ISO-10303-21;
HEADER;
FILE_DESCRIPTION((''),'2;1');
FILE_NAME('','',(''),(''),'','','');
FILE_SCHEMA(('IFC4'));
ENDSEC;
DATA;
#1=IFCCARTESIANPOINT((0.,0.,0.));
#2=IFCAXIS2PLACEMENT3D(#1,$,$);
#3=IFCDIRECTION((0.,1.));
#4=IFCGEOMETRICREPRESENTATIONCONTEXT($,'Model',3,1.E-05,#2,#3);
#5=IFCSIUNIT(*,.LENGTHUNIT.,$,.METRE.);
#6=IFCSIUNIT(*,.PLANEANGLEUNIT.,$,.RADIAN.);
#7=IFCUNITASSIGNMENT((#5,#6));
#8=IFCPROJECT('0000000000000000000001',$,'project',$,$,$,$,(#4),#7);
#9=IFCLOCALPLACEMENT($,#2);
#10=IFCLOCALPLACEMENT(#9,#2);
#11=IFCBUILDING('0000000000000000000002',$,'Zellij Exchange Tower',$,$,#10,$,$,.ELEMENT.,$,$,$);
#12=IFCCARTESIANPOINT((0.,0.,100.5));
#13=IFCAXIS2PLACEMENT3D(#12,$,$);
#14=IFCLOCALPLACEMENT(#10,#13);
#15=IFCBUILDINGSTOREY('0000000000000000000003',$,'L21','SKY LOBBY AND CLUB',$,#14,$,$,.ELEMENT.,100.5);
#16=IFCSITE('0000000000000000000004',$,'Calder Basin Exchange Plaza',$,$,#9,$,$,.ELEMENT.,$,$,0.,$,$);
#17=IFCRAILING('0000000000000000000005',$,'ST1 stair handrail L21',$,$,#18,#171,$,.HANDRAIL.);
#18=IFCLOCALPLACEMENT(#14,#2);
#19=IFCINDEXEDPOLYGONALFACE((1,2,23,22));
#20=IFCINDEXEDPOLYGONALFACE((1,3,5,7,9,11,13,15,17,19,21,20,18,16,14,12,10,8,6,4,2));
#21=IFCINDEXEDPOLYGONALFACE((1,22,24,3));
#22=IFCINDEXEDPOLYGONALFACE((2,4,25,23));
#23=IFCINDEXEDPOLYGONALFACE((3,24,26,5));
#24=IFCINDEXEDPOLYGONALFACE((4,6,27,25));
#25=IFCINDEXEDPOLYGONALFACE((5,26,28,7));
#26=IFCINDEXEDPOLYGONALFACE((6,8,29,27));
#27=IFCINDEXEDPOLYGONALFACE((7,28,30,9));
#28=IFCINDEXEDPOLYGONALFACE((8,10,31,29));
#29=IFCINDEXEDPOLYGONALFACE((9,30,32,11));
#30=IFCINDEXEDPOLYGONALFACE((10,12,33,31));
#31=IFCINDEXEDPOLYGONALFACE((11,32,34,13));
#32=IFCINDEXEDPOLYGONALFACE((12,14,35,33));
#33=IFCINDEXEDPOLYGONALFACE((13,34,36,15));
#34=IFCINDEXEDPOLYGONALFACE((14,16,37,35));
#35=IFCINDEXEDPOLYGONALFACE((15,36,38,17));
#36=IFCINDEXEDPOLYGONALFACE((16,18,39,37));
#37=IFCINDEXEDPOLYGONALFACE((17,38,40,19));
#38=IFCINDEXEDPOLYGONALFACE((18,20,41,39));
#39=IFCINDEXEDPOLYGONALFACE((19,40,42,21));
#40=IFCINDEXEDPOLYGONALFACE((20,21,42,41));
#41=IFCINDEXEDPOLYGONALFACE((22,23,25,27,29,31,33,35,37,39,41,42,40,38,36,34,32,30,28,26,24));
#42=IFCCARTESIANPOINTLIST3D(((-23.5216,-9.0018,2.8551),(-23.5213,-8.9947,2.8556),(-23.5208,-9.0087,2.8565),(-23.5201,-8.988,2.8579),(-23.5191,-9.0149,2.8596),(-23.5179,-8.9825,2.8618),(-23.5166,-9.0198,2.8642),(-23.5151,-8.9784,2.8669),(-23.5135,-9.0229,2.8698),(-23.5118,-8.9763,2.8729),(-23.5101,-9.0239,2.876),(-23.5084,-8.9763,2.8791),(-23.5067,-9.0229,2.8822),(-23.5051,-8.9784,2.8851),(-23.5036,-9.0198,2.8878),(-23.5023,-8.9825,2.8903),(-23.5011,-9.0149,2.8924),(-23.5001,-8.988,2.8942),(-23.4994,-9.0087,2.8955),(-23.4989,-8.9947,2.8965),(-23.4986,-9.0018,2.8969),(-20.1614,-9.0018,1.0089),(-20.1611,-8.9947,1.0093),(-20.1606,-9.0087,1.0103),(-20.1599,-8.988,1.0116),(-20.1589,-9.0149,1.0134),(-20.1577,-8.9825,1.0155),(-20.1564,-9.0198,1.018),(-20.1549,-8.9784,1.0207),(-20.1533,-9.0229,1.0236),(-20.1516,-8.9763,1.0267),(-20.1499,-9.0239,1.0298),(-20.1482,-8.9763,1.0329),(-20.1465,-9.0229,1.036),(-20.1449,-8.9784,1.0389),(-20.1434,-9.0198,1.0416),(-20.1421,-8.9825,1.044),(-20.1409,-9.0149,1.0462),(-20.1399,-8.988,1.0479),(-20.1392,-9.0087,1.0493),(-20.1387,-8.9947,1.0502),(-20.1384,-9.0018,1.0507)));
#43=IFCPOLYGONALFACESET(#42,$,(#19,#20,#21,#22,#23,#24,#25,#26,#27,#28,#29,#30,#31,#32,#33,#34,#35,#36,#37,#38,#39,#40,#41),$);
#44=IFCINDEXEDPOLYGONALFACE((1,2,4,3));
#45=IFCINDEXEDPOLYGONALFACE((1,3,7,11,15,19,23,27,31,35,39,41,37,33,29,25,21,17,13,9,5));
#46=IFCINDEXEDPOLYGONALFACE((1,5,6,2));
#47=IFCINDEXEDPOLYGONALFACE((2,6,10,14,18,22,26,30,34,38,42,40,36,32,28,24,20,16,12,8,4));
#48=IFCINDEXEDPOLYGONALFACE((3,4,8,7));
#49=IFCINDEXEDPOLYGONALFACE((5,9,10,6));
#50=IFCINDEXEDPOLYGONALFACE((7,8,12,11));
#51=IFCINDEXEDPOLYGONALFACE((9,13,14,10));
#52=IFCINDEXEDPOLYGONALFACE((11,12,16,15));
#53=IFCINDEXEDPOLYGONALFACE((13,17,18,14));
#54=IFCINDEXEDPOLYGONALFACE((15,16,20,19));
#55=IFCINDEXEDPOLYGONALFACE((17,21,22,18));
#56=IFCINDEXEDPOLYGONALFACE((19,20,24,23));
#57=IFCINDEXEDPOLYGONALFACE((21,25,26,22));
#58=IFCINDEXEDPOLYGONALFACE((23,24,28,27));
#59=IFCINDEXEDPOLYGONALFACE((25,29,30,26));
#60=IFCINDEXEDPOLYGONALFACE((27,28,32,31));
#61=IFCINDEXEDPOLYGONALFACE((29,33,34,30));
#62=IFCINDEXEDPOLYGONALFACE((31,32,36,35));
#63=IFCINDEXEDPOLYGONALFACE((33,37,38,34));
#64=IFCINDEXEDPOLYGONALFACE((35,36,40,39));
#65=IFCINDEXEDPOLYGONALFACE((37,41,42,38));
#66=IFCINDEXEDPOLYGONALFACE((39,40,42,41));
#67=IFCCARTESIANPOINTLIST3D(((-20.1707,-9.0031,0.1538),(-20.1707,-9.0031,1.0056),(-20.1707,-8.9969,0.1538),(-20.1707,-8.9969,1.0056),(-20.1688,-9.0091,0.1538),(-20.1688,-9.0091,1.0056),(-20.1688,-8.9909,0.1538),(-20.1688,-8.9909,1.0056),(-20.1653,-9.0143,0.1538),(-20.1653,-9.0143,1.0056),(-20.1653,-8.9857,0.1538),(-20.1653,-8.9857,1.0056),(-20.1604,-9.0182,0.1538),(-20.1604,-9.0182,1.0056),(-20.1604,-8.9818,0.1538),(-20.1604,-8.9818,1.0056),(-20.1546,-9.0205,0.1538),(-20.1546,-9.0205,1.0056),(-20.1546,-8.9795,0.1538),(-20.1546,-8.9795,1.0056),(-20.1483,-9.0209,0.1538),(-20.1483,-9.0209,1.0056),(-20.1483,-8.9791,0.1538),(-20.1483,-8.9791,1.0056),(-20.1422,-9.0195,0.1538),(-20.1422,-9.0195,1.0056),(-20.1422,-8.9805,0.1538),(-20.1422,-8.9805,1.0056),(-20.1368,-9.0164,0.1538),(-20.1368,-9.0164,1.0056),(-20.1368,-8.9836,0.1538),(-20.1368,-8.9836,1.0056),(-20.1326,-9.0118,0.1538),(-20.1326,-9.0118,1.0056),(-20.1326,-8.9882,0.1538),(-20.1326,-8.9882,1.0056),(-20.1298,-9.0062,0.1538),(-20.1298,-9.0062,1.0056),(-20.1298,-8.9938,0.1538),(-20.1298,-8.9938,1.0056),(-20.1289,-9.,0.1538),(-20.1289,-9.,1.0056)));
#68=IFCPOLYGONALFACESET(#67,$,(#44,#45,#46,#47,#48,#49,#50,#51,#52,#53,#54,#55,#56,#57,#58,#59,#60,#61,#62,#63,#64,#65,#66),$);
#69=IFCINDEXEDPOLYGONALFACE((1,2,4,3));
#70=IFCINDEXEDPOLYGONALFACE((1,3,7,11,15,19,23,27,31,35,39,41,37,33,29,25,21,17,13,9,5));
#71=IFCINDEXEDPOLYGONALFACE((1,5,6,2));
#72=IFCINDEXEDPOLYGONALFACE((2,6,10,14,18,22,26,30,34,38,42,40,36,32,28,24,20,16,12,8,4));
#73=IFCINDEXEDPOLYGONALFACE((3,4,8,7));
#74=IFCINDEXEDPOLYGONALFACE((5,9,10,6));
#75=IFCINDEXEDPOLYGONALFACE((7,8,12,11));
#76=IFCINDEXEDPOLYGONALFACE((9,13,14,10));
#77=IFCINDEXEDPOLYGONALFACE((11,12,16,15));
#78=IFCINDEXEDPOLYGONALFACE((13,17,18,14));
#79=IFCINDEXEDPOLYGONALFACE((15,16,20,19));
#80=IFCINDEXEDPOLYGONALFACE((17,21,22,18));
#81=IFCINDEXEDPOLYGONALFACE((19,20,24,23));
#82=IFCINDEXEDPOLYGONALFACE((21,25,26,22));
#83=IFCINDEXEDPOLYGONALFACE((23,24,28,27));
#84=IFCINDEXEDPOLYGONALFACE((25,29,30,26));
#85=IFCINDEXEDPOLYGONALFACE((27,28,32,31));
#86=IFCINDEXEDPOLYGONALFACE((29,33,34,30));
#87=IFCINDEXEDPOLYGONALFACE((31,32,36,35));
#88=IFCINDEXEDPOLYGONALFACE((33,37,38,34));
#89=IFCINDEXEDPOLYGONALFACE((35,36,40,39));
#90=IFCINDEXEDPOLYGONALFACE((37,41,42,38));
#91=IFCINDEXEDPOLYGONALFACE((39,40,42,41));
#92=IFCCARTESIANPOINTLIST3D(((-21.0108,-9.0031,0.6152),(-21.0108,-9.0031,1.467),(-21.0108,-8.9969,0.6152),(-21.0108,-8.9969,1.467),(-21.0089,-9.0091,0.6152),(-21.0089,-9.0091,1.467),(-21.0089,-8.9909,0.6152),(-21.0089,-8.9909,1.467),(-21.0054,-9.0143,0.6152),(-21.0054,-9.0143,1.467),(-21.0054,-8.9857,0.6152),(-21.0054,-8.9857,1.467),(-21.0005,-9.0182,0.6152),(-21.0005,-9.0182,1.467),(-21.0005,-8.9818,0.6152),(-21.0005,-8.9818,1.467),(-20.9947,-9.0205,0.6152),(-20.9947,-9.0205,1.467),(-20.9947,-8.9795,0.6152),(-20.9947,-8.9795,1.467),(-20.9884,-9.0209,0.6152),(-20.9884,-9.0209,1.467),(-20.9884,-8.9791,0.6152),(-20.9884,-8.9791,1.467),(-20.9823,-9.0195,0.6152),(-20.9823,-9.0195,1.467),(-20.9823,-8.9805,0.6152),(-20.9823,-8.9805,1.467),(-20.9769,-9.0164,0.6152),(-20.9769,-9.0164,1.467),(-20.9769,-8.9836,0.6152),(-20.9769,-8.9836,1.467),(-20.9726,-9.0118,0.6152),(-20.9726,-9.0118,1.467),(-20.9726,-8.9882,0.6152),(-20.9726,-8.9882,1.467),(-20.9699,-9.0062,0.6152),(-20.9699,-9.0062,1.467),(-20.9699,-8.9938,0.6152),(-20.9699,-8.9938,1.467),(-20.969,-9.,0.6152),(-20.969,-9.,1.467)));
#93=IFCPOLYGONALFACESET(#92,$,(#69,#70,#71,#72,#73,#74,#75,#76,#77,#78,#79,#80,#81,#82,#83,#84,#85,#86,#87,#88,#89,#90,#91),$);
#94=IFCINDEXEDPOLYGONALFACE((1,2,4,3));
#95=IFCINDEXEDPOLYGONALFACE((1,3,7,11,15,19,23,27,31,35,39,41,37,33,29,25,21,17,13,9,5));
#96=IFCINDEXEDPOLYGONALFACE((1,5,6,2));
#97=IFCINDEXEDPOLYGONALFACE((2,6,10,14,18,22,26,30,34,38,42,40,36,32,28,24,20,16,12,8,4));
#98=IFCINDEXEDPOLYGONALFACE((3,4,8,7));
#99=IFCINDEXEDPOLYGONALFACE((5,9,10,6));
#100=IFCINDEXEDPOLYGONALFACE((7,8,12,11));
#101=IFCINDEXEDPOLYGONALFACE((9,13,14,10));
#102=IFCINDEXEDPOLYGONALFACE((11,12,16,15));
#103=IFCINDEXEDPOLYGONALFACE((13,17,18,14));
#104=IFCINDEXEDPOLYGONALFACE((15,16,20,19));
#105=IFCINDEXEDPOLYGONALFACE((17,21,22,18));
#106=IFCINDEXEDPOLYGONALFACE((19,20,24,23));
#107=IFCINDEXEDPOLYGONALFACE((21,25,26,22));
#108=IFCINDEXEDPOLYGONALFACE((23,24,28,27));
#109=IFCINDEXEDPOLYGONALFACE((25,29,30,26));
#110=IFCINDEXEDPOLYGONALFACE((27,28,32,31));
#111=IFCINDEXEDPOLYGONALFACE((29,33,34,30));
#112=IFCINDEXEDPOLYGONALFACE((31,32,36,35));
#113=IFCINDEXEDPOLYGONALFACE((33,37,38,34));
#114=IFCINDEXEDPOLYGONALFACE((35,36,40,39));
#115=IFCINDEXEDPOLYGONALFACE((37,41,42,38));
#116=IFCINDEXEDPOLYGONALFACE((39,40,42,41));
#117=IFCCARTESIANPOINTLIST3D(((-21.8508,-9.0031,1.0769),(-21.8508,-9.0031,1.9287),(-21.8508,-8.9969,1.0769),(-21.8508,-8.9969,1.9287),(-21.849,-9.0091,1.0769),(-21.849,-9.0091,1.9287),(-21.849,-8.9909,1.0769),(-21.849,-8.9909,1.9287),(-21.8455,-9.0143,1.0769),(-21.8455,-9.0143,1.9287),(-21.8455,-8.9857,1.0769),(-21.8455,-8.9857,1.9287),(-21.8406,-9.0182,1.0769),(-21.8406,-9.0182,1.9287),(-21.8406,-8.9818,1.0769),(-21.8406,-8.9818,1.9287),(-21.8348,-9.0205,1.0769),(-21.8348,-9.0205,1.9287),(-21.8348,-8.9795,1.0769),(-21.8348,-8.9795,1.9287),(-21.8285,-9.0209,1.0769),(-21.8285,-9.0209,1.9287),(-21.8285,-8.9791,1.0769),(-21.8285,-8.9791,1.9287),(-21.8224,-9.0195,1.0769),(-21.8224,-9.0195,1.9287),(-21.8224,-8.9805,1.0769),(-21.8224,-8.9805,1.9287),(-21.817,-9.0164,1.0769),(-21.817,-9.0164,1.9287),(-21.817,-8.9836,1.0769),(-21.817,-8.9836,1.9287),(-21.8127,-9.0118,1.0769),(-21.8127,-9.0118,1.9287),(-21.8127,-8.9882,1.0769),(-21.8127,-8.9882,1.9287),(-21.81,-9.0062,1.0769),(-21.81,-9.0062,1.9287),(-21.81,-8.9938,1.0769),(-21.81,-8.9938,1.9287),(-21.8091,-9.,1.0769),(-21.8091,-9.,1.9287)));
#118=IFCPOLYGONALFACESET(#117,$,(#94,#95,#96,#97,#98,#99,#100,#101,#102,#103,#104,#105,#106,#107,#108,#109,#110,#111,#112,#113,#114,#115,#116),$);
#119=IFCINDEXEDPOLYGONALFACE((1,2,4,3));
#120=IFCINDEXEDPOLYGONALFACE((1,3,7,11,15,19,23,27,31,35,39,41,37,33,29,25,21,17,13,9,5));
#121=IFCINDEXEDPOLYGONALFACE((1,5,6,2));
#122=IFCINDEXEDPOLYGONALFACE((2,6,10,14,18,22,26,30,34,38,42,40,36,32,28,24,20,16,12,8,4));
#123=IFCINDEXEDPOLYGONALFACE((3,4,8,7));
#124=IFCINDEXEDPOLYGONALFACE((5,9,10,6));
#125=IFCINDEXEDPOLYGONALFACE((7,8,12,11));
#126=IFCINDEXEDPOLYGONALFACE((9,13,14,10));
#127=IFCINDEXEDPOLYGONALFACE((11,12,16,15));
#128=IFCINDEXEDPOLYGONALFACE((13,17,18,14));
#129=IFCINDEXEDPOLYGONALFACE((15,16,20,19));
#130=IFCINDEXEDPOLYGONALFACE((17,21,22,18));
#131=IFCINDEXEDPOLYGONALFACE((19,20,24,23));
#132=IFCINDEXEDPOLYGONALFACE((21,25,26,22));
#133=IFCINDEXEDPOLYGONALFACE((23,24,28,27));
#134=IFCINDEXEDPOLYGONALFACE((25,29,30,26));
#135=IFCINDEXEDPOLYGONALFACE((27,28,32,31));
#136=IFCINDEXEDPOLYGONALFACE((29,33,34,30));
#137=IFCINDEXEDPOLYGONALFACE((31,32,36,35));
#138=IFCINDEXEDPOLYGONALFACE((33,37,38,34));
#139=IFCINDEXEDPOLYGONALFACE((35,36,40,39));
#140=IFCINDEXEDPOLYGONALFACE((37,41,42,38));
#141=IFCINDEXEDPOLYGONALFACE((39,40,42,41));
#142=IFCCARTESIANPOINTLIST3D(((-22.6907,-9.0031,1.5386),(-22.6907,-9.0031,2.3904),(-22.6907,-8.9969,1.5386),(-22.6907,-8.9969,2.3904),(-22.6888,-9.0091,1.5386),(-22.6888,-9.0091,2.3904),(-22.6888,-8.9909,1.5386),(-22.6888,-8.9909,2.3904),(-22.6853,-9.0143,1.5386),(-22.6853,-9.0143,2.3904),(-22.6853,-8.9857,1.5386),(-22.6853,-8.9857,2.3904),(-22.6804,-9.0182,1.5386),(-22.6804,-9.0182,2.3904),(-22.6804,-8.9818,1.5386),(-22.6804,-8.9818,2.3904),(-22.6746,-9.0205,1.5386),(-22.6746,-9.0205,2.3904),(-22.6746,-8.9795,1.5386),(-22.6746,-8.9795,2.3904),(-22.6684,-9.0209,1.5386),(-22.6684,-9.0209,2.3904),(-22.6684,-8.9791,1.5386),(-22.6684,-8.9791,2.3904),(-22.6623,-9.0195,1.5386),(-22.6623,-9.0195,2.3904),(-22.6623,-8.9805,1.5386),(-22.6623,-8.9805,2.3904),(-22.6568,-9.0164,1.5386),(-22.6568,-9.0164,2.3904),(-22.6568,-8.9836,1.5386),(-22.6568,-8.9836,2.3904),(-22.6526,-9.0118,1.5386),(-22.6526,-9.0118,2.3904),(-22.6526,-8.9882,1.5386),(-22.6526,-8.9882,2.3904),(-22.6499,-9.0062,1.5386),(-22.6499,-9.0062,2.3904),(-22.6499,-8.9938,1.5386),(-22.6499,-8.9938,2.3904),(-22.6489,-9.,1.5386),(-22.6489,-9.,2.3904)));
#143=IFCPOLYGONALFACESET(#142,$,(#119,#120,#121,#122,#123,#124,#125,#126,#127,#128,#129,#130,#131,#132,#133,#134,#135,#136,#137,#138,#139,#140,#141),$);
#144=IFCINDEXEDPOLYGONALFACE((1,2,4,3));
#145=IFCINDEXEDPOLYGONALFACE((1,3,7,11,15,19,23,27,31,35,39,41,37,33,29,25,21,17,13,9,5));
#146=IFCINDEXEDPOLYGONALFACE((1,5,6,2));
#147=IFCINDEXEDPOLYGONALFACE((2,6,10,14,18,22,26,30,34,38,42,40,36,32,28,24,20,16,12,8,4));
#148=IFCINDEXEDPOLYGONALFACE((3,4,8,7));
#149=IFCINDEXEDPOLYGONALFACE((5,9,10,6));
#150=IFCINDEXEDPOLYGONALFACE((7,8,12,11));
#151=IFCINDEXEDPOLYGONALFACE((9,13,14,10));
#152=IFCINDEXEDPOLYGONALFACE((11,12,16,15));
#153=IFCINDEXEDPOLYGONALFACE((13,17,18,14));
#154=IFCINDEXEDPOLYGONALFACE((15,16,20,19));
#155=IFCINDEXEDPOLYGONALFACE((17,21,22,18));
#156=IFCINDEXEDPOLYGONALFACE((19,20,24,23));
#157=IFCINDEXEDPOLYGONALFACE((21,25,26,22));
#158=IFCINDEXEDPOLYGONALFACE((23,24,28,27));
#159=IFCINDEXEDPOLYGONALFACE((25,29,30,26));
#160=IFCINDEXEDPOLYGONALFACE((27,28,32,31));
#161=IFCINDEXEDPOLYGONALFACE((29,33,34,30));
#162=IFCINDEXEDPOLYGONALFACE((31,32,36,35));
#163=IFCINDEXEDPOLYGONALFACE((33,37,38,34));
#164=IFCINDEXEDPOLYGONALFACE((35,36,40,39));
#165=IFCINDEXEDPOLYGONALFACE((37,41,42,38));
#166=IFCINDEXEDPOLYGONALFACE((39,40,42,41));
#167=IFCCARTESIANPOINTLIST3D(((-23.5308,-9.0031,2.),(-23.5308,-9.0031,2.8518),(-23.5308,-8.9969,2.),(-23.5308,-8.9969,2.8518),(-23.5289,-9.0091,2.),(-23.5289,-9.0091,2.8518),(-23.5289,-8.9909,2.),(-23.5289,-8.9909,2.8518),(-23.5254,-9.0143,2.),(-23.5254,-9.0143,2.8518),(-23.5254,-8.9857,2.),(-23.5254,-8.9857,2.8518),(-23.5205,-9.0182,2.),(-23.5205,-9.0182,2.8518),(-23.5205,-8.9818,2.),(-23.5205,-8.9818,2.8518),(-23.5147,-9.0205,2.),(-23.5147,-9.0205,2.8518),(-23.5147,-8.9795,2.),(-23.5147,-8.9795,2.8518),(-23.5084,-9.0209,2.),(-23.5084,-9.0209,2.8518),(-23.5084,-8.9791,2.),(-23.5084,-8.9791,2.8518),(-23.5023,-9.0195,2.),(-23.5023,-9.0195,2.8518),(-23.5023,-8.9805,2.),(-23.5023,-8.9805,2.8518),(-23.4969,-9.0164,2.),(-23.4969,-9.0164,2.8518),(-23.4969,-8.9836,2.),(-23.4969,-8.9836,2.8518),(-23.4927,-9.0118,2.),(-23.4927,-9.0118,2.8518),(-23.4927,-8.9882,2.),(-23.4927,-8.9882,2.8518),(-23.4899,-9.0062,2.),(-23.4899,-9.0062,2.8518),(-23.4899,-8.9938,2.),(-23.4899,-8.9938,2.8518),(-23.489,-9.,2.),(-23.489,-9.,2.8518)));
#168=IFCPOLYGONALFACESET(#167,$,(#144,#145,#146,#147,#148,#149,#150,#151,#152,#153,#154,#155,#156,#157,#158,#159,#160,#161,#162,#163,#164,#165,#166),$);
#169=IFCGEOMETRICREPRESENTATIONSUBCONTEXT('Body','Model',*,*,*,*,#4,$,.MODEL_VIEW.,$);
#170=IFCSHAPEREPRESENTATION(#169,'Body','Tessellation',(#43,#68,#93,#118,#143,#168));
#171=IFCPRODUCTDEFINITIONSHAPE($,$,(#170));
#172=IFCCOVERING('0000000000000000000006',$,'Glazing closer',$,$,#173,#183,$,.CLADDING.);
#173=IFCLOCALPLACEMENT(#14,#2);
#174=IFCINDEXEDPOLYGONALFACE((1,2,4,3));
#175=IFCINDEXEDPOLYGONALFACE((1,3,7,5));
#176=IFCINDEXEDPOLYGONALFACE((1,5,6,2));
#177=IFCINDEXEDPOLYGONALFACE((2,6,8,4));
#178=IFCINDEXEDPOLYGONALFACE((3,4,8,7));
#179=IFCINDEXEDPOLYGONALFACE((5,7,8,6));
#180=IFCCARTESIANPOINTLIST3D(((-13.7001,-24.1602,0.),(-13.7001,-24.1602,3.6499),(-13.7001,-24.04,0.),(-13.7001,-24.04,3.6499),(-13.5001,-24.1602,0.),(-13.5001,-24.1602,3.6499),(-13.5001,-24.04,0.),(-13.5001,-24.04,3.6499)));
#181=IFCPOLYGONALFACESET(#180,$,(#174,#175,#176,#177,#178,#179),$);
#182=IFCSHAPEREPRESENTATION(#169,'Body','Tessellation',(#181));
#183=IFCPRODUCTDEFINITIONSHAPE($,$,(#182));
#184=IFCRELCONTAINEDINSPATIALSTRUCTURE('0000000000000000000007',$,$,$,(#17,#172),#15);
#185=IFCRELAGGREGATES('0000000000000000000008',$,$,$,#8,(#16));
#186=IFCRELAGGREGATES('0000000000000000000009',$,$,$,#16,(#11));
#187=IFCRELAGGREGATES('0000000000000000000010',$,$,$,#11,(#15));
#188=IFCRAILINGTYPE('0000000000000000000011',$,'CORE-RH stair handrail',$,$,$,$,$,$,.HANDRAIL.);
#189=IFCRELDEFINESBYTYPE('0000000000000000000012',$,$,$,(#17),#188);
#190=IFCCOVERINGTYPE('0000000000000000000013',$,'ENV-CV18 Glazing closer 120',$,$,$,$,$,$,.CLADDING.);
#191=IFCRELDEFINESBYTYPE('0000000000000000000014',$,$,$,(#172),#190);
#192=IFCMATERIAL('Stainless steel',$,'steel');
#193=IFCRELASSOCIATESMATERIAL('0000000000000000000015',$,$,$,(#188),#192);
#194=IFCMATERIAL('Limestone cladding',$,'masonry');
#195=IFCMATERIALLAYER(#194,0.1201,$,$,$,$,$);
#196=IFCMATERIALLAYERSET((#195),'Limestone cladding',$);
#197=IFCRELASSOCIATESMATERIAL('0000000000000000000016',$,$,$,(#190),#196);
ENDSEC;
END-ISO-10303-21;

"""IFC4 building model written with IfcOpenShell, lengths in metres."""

from ifc_helpers import new_model, si_unit, direction, frame, origin, origin_2d, place, context, subcontext, project, spatial, rectangle, circle, extrude, material, layer, layer_set, type_object, element, save


model = new_model("IFC4")

# Units and contexts
model_context = context("Model", 3, precision=1e-05, world=origin(), true_north=direction((0.0, 1.0)))
body_context = subcontext(model_context, "Body", "Model", "MODEL_VIEW")
ifc_project = project(units=[si_unit("LENGTHUNIT", "METRE"), si_unit("PLANEANGLEUNIT", "RADIAN")], contexts=[model_context])

# Site, building, storey
site_placement = place(None, origin())
site = spatial("IfcSite", under=ifc_project, at=site_placement, Name="Calder Basin Exchange Plaza", CompositionType="ELEMENT", RefElevation=0.0)
building_placement = place(site_placement, origin())
building = spatial("IfcBuilding", under=site, at=building_placement, Name="Zellij Exchange Tower", CompositionType="ELEMENT")
storey_placement = place(building_placement, frame((0.0, 0.0, 100.5)))
storey = spatial("IfcBuildingStorey", under=building, at=storey_placement, Name="L21", Description="SKY LOBBY AND CLUB", CompositionType="ELEMENT", Elevation=100.5)

# Railing
ifc_material_1 = material(Name="Stainless steel", Category="steel")
railing_type_1 = type_object("IfcRailingType", Name="CORE-RH stair handrail", PredefinedType="HANDRAIL", material=ifc_material_1)
railing_1_placement = place(storey_placement, frame((-20.1499, -9.0, 0.1538)))
element("IfcRailing", 1, at=railing_1_placement, inside=storey, type_object=railing_type_1, Name="ST1 stair handrail L21", PredefinedType="HANDRAIL", context=body_context, shape_type="SweptSolid", body=[
    extrude(circle(Radius=0.0239, at=origin_2d()), frame((0.0, 0.0, 0.876), z_axis=(-0.876422, 0.0, 0.481545), x_axis=(0.0, -1.0, 0.0)), (0.0, 0.0, 1.0), 3.834),
    extrude(circle(Radius=0.021, at=origin_2d()), origin(), (0.0, 0.0, 1.0), 0.8518),
    extrude(circle(Radius=0.021, at=origin_2d()), frame((-0.8401, 0.0, 0.4614)), (0.0, 0.0, 1.0), 0.8518),
    extrude(circle(Radius=0.021, at=origin_2d()), frame((-1.6802, 0.0, 0.9231)), (0.0, 0.0, 1.0), 0.8518),
    extrude(circle(Radius=0.021, at=origin_2d()), frame((-2.52, 0.0, 1.3848)), (0.0, 0.0, 1.0), 0.8518),
    extrude(circle(Radius=0.021, at=origin_2d()), frame((-3.3601, 0.0, 1.8462)), (0.0, 0.0, 1.0), 0.8518),
])

# Covering
ifc_material_2 = material(Name="Limestone cladding", Category="masonry")
ifc_layer_1 = layer(ifc_material_2, 0.1201)
ifc_layer_set_1 = layer_set([ifc_layer_1], Name="Limestone cladding")
covering_type = type_object("IfcCoveringType", Name="ENV-CV18 Glazing closer 120", PredefinedType="CLADDING", material=ifc_layer_set_1)
covering_placement = place(storey_placement, frame((-13.6001, -24.1001, 0.0), z_axis=(0.0, 0.0, 1.0), x_axis=(1.0, 0.0, 0.0)))
element("IfcCovering", 2, at=covering_placement, inside=storey, type_object=covering_type, Name="Glazing closer", PredefinedType="CLADDING", context=body_context, shape_type="SweptSolid", body=[
    extrude(rectangle(XDim=0.2, YDim=0.1201, at=origin_2d()), origin(), (0.0, 0.0, 1.0), 3.6499),
])

save(model, "model.ifc")
